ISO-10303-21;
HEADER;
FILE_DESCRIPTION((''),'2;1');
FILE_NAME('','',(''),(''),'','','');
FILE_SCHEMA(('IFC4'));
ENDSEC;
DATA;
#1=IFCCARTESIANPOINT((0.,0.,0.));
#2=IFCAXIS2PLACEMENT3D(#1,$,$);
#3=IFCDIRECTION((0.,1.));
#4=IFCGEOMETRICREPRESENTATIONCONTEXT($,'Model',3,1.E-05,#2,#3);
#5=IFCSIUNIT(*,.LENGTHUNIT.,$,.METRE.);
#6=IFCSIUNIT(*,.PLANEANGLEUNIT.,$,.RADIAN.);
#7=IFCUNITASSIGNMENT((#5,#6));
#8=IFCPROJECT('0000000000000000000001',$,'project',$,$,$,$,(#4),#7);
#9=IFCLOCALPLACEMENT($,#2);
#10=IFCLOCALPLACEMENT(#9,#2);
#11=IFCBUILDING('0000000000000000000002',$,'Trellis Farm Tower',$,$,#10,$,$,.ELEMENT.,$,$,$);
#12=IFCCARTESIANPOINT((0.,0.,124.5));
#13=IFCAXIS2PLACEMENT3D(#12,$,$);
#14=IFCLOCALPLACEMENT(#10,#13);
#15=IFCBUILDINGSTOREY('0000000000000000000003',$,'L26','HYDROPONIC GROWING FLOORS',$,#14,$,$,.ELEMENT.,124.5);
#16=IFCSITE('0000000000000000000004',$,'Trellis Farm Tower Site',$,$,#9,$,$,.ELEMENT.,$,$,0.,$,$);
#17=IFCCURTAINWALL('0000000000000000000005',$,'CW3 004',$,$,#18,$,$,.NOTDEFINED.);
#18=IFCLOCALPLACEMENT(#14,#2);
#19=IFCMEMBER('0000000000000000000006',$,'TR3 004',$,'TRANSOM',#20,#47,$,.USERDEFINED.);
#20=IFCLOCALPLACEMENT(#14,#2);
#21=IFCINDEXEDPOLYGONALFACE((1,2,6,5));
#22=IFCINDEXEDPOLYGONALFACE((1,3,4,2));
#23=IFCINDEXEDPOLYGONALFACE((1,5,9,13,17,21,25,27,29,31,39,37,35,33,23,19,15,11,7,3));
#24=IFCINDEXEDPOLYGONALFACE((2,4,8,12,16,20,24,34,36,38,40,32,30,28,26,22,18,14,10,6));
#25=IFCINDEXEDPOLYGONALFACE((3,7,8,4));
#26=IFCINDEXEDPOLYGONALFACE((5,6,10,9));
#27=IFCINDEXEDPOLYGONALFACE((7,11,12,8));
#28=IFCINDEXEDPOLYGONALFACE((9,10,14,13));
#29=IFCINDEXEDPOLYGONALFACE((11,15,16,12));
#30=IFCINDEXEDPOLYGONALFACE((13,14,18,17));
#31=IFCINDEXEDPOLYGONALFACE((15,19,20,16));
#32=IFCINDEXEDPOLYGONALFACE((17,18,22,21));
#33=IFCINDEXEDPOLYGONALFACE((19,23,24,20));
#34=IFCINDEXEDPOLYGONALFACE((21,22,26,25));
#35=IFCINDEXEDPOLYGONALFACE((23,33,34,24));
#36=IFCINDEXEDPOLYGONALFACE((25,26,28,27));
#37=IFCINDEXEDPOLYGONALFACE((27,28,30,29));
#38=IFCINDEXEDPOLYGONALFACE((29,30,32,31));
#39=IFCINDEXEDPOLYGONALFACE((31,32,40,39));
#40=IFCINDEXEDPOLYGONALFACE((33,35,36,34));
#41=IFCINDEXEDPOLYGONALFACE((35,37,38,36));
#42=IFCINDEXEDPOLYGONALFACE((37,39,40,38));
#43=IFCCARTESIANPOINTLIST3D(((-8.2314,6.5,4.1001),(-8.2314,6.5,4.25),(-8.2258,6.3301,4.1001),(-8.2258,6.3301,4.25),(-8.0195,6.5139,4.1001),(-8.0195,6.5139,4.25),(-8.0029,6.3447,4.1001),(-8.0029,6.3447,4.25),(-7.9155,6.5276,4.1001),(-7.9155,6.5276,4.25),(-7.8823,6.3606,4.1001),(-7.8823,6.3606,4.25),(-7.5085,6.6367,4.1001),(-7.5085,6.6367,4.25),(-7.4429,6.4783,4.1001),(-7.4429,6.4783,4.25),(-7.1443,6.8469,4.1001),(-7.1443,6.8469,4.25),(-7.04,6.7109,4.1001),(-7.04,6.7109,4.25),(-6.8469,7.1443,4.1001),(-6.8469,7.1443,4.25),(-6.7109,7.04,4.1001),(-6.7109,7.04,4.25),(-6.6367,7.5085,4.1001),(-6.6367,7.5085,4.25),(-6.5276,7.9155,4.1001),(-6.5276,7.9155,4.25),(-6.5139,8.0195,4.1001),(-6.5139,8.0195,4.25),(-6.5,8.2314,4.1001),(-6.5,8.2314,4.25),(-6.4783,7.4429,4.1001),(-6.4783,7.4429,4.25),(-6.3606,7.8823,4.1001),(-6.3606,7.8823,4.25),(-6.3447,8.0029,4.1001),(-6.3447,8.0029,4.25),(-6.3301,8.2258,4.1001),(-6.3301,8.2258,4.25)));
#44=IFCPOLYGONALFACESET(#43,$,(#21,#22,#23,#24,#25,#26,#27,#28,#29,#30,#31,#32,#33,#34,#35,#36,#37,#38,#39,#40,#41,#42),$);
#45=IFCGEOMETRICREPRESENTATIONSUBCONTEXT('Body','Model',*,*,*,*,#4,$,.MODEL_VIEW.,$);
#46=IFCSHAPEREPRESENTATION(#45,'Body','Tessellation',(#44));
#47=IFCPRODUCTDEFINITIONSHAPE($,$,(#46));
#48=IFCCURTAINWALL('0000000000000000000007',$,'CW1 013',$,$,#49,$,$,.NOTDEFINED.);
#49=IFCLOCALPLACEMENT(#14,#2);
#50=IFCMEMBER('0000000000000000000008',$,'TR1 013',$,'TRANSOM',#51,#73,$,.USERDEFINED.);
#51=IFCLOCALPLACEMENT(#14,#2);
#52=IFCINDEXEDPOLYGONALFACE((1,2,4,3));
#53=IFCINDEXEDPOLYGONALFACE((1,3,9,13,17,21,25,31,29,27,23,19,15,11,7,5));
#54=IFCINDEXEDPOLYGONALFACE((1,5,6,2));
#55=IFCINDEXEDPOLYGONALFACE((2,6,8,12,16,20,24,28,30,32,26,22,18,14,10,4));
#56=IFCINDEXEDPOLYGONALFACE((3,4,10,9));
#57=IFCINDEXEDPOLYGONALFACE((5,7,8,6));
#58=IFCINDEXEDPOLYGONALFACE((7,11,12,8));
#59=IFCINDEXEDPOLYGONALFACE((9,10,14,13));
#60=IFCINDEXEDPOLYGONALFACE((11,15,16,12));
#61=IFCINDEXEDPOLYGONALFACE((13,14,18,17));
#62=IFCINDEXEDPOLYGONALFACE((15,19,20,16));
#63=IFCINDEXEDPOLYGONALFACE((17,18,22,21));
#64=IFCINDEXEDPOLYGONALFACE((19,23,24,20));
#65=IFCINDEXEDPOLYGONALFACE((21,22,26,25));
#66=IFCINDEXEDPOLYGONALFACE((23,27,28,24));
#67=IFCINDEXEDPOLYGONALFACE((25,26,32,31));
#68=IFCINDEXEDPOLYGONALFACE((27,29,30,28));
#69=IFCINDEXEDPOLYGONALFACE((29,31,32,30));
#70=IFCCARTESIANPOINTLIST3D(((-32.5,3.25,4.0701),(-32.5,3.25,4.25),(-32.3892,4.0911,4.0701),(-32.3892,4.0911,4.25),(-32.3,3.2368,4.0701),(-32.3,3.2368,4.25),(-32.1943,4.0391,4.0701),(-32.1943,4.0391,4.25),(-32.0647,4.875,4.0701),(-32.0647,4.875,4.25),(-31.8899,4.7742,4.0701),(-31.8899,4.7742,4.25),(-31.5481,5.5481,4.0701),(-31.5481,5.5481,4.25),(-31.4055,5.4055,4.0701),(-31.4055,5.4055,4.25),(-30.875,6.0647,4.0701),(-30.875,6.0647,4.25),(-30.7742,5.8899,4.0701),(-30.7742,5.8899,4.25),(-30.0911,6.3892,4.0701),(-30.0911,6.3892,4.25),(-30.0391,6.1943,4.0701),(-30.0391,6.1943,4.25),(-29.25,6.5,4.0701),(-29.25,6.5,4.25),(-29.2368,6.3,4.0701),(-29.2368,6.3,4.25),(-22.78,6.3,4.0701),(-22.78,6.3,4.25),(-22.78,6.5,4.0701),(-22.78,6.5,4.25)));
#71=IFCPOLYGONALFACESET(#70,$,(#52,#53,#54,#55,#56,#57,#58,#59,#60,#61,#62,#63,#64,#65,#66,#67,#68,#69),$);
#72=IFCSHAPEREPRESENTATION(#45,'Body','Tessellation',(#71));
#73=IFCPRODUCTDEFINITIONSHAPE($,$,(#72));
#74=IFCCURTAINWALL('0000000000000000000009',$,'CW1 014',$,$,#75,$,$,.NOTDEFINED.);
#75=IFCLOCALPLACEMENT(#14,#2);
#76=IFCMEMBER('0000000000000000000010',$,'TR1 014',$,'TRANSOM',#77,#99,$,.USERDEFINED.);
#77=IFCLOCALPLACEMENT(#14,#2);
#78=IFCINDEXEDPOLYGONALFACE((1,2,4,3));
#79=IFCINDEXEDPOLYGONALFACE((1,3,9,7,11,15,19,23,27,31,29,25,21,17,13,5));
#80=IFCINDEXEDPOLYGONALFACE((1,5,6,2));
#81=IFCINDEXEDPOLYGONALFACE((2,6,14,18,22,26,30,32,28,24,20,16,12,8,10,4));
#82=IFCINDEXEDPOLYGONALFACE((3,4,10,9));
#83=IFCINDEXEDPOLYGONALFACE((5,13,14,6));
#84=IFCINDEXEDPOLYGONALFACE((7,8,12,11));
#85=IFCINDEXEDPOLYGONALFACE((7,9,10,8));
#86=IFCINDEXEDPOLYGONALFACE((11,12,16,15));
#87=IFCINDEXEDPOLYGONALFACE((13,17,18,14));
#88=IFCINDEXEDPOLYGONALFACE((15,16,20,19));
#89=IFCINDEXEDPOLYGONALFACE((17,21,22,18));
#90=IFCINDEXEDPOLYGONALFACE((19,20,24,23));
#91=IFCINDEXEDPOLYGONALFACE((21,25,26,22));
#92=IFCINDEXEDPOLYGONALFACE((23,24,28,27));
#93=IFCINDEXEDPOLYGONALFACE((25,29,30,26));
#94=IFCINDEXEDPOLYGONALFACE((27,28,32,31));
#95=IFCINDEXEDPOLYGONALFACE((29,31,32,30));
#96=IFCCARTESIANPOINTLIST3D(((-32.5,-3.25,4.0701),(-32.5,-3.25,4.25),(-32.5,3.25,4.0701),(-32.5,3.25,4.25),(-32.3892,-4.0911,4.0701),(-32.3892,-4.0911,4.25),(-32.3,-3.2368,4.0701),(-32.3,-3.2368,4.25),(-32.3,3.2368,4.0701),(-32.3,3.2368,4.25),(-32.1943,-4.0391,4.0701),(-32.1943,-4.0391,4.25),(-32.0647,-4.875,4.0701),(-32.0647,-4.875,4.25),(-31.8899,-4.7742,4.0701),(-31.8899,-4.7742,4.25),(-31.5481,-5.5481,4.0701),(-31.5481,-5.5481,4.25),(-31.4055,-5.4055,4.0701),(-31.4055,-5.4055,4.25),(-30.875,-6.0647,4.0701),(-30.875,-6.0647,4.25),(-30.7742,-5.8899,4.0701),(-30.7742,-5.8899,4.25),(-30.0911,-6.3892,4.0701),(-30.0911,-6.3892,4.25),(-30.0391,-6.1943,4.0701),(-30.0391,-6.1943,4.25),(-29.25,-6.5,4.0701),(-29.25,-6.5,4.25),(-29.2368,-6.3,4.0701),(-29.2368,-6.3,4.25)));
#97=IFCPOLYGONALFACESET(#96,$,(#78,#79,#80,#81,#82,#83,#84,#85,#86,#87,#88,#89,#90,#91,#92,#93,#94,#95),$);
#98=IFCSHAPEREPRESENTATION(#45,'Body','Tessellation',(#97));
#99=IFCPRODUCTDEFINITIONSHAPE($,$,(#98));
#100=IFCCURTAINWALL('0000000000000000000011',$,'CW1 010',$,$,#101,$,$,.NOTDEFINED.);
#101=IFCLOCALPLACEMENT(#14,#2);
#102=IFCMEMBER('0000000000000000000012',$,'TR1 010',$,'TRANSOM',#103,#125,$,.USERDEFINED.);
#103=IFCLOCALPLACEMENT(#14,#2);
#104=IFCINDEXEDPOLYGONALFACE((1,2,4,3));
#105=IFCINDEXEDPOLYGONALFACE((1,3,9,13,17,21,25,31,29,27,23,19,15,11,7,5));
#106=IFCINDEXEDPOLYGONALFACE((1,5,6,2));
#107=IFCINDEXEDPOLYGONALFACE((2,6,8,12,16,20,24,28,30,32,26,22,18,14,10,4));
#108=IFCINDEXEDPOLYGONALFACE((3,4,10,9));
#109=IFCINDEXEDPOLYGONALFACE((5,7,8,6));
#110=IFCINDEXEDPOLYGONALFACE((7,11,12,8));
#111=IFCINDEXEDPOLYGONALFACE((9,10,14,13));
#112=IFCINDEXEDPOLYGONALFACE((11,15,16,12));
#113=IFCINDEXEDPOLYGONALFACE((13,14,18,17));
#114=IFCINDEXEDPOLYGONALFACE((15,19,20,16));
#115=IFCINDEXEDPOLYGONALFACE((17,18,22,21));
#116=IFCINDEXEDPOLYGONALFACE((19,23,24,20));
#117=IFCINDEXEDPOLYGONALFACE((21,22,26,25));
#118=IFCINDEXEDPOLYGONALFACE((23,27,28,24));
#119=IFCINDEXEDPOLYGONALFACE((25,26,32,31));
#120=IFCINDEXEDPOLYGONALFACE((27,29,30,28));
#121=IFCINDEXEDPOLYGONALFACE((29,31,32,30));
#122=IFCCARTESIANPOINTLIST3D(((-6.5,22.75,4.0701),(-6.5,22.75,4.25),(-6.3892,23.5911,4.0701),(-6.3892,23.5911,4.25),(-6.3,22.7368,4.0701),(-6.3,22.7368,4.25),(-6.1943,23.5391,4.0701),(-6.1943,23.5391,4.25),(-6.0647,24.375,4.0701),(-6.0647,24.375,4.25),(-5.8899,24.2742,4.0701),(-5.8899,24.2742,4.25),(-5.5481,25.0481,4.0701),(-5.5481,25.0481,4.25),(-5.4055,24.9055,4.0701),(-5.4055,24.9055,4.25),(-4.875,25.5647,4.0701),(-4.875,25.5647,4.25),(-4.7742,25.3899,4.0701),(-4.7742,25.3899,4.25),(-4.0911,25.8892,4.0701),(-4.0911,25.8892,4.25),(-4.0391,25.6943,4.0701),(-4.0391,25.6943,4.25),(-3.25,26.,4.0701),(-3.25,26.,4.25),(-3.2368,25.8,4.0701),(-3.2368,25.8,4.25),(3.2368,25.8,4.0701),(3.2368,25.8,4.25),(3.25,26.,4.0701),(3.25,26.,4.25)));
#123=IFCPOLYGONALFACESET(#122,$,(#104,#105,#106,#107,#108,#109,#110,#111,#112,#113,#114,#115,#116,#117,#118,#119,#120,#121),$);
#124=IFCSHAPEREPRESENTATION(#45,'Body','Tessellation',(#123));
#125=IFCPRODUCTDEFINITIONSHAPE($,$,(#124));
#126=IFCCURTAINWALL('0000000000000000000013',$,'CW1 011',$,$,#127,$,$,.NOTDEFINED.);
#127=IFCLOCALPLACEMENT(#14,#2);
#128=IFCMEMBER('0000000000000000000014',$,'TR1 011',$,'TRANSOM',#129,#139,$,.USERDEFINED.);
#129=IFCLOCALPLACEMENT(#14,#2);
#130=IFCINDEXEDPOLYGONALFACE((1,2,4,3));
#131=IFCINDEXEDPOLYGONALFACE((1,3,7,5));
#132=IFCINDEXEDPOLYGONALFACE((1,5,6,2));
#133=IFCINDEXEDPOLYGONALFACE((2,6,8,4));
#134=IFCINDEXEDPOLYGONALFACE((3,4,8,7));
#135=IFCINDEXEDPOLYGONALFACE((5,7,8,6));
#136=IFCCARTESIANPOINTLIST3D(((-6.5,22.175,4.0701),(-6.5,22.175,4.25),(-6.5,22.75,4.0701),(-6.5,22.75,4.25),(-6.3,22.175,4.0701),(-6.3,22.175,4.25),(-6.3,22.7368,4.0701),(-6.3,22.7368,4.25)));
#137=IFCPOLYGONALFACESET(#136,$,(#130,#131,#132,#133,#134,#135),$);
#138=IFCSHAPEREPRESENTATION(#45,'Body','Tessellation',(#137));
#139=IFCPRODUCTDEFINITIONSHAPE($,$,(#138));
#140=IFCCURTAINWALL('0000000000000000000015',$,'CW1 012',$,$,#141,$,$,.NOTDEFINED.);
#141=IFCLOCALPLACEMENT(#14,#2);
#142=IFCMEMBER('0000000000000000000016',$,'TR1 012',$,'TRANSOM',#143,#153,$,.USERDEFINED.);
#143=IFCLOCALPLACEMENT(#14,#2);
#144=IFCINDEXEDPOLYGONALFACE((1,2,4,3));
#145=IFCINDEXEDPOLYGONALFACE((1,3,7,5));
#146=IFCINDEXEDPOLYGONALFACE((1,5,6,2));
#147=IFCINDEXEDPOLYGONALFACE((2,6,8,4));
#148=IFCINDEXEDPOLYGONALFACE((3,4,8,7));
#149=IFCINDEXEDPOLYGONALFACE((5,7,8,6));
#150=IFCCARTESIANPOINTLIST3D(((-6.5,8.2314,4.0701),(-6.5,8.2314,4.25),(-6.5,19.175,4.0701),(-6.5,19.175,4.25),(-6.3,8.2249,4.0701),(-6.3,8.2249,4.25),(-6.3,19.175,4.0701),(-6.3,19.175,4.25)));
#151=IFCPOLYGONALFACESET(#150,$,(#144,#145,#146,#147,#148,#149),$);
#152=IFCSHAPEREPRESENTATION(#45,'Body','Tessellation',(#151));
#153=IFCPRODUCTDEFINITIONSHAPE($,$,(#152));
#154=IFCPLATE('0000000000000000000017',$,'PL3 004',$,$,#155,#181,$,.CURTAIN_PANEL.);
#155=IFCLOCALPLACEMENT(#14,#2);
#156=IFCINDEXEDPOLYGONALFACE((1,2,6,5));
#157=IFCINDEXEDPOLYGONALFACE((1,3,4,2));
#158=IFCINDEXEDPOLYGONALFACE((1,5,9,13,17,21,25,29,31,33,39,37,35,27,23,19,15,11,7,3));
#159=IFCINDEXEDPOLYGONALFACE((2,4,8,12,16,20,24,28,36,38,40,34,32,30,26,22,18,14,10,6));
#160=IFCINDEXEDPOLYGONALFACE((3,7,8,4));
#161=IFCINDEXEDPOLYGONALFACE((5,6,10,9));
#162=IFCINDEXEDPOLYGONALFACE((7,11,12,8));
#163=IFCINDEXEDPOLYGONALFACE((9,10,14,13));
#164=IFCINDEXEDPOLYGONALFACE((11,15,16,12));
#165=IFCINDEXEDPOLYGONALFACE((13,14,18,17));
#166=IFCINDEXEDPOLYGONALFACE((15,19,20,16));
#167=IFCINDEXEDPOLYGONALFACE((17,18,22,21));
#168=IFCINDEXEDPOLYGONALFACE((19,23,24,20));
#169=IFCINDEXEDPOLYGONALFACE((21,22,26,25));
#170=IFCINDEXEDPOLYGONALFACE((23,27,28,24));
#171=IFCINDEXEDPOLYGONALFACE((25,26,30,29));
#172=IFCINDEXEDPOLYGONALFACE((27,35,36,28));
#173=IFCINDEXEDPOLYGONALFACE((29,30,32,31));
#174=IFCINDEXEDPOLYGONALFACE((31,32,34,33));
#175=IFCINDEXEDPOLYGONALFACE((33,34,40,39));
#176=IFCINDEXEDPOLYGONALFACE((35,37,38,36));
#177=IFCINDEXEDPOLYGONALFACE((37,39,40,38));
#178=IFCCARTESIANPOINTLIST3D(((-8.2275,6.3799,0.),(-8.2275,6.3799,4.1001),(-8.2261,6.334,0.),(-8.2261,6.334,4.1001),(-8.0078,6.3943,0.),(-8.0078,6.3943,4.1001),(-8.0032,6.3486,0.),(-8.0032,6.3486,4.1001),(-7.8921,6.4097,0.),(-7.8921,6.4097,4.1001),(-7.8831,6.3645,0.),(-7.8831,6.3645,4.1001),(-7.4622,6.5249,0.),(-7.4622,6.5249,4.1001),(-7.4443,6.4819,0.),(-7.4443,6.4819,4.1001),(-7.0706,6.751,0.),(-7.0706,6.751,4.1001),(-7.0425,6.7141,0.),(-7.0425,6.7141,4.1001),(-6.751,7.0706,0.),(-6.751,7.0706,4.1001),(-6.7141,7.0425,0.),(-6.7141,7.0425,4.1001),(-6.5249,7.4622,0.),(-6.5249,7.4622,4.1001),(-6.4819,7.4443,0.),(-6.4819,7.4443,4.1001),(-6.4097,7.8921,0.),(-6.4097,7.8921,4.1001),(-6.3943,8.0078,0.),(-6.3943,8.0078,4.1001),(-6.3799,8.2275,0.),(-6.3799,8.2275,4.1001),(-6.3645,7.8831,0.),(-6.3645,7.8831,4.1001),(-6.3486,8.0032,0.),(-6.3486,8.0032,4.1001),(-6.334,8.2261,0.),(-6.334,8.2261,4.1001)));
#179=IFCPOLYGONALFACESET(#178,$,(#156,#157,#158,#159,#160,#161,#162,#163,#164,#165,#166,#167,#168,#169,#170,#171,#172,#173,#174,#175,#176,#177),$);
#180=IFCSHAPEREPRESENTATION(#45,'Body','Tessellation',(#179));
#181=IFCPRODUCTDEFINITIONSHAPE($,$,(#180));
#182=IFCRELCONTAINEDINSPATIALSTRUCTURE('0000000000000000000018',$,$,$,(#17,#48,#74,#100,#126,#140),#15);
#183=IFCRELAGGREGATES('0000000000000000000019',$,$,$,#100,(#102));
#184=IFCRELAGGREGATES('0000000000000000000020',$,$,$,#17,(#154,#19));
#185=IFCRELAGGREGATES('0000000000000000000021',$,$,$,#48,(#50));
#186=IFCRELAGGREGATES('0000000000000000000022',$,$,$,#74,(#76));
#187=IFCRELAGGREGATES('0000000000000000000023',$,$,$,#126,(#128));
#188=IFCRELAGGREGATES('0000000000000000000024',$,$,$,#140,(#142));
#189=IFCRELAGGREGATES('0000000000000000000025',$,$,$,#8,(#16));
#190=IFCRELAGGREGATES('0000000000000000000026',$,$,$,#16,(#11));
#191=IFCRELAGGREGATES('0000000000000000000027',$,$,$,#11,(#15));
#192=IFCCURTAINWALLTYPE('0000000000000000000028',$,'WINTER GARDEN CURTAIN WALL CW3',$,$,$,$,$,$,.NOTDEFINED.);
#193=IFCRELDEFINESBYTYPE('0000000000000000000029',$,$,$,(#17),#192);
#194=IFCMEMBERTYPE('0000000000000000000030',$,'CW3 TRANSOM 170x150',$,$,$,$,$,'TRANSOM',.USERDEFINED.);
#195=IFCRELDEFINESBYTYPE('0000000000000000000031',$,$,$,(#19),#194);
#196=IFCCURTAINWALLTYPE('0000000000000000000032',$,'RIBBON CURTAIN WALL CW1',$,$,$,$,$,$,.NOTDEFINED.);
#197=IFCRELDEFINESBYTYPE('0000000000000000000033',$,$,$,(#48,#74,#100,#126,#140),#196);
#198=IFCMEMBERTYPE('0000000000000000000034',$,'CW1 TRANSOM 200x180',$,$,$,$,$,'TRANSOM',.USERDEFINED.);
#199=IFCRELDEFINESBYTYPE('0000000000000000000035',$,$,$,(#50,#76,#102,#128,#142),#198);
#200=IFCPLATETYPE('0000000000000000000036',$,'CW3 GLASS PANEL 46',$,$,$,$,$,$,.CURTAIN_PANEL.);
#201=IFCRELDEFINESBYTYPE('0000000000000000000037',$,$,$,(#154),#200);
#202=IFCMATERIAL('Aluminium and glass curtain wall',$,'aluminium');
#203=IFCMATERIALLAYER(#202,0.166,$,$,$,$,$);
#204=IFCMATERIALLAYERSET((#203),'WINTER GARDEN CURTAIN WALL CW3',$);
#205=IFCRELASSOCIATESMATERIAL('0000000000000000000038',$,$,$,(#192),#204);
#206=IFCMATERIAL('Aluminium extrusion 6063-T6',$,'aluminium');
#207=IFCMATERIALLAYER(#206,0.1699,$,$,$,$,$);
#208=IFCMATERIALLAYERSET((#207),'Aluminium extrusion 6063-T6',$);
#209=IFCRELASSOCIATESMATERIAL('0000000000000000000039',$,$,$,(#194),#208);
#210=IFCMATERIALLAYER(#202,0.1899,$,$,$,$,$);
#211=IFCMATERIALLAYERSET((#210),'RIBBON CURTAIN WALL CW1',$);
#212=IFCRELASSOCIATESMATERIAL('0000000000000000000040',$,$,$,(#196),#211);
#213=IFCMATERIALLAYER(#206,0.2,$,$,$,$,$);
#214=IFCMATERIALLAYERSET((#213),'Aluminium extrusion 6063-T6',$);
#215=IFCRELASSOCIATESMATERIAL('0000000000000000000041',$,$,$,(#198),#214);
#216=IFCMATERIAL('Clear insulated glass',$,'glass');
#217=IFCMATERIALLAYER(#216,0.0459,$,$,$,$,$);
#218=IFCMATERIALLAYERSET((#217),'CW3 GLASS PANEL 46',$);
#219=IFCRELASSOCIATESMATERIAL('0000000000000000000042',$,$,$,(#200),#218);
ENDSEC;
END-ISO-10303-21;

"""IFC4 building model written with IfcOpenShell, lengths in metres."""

from ifc_helpers import new_model, si_unit, direction, frame, origin, place, context, subcontext, project, spatial, polyline, outline, extrude, source, transform, mapped, material, layer, layer_set, type_object, element, aggregate, save


model = new_model("IFC4")

# Units and contexts
model_context = context("Model", 3, precision=1e-05, world=origin(), true_north=direction((0.0, 1.0)))
body_context = subcontext(model_context, "Body", "Model", "MODEL_VIEW")
ifc_project = project(units=[si_unit("LENGTHUNIT", "METRE"), si_unit("PLANEANGLEUNIT", "RADIAN")], contexts=[model_context])

# Site, building, storey
site_placement = place(None, origin())
site = spatial("IfcSite", under=ifc_project, at=site_placement, Name="Trellis Farm Tower Site", CompositionType="ELEMENT", RefElevation=0.0)
building_placement = place(site_placement, origin())
building = spatial("IfcBuilding", under=site, at=building_placement, Name="Trellis Farm Tower", CompositionType="ELEMENT")
storey_placement = place(building_placement, frame((0.0, 0.0, 124.5)))
storey = spatial("IfcBuildingStorey", under=building, at=storey_placement, Name="L26", Description="HYDROPONIC GROWING FLOORS", CompositionType="ELEMENT", Elevation=124.5)

# Curtain walls, members
ifc_material_1 = material(Name="Aluminium and glass curtain wall", Category="aluminium")
ifc_layer_1 = layer(ifc_material_1, 0.166)
ifc_layer_set_1 = layer_set([ifc_layer_1], Name="WINTER GARDEN CURTAIN WALL CW3")
curtain_wall_type_1 = type_object("IfcCurtainWallType", Name="WINTER GARDEN CURTAIN WALL CW3", PredefinedType="NOTDEFINED", material=ifc_layer_set_1)
placement_1 = place(storey_placement, origin())
curtain_wall_1 = element("IfcCurtainWall", 1, at=placement_1, inside=storey, type_object=curtain_wall_type_1, Name="CW3 004", PredefinedType="NOTDEFINED")
ifc_material_2 = material(Name="Aluminium extrusion 6063-T6", Category="aluminium")
ifc_layer_2 = layer(ifc_material_2, 0.1699)
ifc_layer_set_2 = layer_set([ifc_layer_2], Name="Aluminium extrusion 6063-T6")
member_type_1 = type_object("IfcMemberType", Name="CW3 TRANSOM 170x150", ElementType="TRANSOM", PredefinedType="USERDEFINED", material=ifc_layer_set_2)
shared_shape_1 = source(origin(), body_context, "Body", "SweptSolid", [
    extrude(outline(polyline([(-6.5, 8.2314), (-6.5139, 8.0195), (-6.5276, 7.9155), (-6.6367, 7.5085), (-6.8469, 7.1443), (-7.1443, 6.8469), (-7.5085, 6.6367), (-7.9155, 6.5276), (-8.0195, 6.5139), (-8.2314, 6.5), (-8.2258, 6.3301), (-8.0029, 6.3447), (-7.8823, 6.3606), (-7.4429, 6.4783), (-7.04, 6.7109), (-6.7109, 7.04), (-6.4783, 7.4429), (-6.3606, 7.8823), (-6.3447, 8.0029), (-6.3301, 8.2258), (-6.5, 8.2314)])), origin(), (0.0, 0.0, 1.0), 0.1499),
])
member_1_placement = place(storey_placement, frame((0.0, 0.0, 4.1001)))
member_1 = element("IfcMember", 2, at=member_1_placement, type_object=member_type_1, Name="TR3 004", ObjectType="TRANSOM", PredefinedType="USERDEFINED", context=body_context, shape_type="MappedRepresentation", body=[
    mapped(shared_shape_1, transform((0.0, 0.0, 0.0))),
])
ifc_layer_3 = layer(ifc_material_1, 0.1899)
ifc_layer_set_3 = layer_set([ifc_layer_3], Name="RIBBON CURTAIN WALL CW1")
curtain_wall_type_2 = type_object("IfcCurtainWallType", Name="RIBBON CURTAIN WALL CW1", PredefinedType="NOTDEFINED", material=ifc_layer_set_3)
curtain_wall_2 = element("IfcCurtainWall", 3, at=placement_1, inside=storey, type_object=curtain_wall_type_2, Name="CW1 013", PredefinedType="NOTDEFINED")
ifc_layer_4 = layer(ifc_material_2, 0.2)
ifc_layer_set_4 = layer_set([ifc_layer_4], Name="Aluminium extrusion 6063-T6")
member_type_2 = type_object("IfcMemberType", Name="CW1 TRANSOM 200x180", ElementType="TRANSOM", PredefinedType="USERDEFINED", material=ifc_layer_set_4)
shared_shape_2 = source(origin(), body_context, "Body", "SweptSolid", [
    extrude(outline(polyline([(-22.78, 6.5), (-29.25, 6.5), (-30.0911, 6.3892), (-30.875, 6.0647), (-31.5481, 5.5481), (-32.0647, 4.875), (-32.3892, 4.0911), (-32.5, 3.25), (-32.3, 3.2368), (-32.1943, 4.0391), (-31.8899, 4.7742), (-31.4055, 5.4055), (-30.7742, 5.8899), (-30.0391, 6.1943), (-29.2368, 6.3), (-22.78, 6.3), (-22.78, 6.5)])), origin(), (0.0, 0.0, 1.0), 0.1799),
])
placement_2 = place(storey_placement, frame((0.0, 0.0, 4.0701)))
member_2 = element("IfcMember", 4, at=placement_2, type_object=member_type_2, Name="TR1 013", ObjectType="TRANSOM", PredefinedType="USERDEFINED", context=body_context, shape_type="MappedRepresentation", body=[
    mapped(shared_shape_2, transform((0.0, 0.0, 0.0))),
])
curtain_wall_3 = element("IfcCurtainWall", 5, at=placement_1, inside=storey, type_object=curtain_wall_type_2, Name="CW1 014", PredefinedType="NOTDEFINED")
shared_shape_3 = source(origin(), body_context, "Body", "SweptSolid", [
    extrude(outline(polyline([(-32.5, 3.25), (-32.5, -3.25), (-32.3892, -4.0911), (-32.0647, -4.875), (-31.5481, -5.5481), (-30.875, -6.0647), (-30.0911, -6.3892), (-29.25, -6.5), (-29.2368, -6.3), (-30.0391, -6.1943), (-30.7742, -5.8899), (-31.4055, -5.4055), (-31.8899, -4.7742), (-32.1943, -4.0391), (-32.3, -3.2368), (-32.3, 3.2368), (-32.5, 3.25)])), origin(), (0.0, 0.0, 1.0), 0.1799),
])
member_3 = element("IfcMember", 6, at=placement_2, type_object=member_type_2, Name="TR1 014", ObjectType="TRANSOM", PredefinedType="USERDEFINED", context=body_context, shape_type="MappedRepresentation", body=[
    mapped(shared_shape_3, transform((0.0, 0.0, 0.0))),
])
curtain_wall_4 = element("IfcCurtainWall", 7, at=placement_1, inside=storey, type_object=curtain_wall_type_2, Name="CW1 010", PredefinedType="NOTDEFINED")
shared_shape_4 = source(origin(), body_context, "Body", "SweptSolid", [
    extrude(outline(polyline([(3.25, 26.0), (-3.25, 26.0), (-4.0911, 25.8892), (-4.875, 25.5647), (-5.5481, 25.0481), (-6.0647, 24.375), (-6.3892, 23.5911), (-6.5, 22.75), (-6.3, 22.7368), (-6.1943, 23.5391), (-5.8899, 24.2742), (-5.4055, 24.9055), (-4.7742, 25.3899), (-4.0391, 25.6943), (-3.2368, 25.8), (3.2368, 25.8), (3.25, 26.0)])), origin(), (0.0, 0.0, 1.0), 0.1799),
])
member_4 = element("IfcMember", 8, at=placement_2, type_object=member_type_2, Name="TR1 010", ObjectType="TRANSOM", PredefinedType="USERDEFINED", context=body_context, shape_type="MappedRepresentation", body=[
    mapped(shared_shape_4, transform((0.0, 0.0, 0.0))),
])
aggregate(curtain_wall_4, [member_4])
curtain_wall_5 = element("IfcCurtainWall", 9, at=placement_1, inside=storey, type_object=curtain_wall_type_2, Name="CW1 011", PredefinedType="NOTDEFINED")
shared_shape_5 = source(origin(), body_context, "Body", "SweptSolid", [
    extrude(outline(polyline([(-6.5, 22.75), (-6.5, 22.175), (-6.3, 22.175), (-6.3, 22.7368), (-6.5, 22.75)])), origin(), (0.0, 0.0, 1.0), 0.1799),
])
member_5 = element("IfcMember", 10, at=placement_2, type_object=member_type_2, Name="TR1 011", ObjectType="TRANSOM", PredefinedType="USERDEFINED", context=body_context, shape_type="MappedRepresentation", body=[
    mapped(shared_shape_5, transform((0.0, 0.0, 0.0))),
])
curtain_wall_6 = element("IfcCurtainWall", 11, at=placement_1, inside=storey, type_object=curtain_wall_type_2, Name="CW1 012", PredefinedType="NOTDEFINED")
shared_shape_6 = source(origin(), body_context, "Body", "SweptSolid", [
    extrude(outline(polyline([(-6.5, 19.175), (-6.5, 8.2314), (-6.3, 8.2249), (-6.3, 19.175), (-6.5, 19.175)])), origin(), (0.0, 0.0, 1.0), 0.1799),
])
member_6 = element("IfcMember", 12, at=placement_2, type_object=member_type_2, Name="TR1 012", ObjectType="TRANSOM", PredefinedType="USERDEFINED", context=body_context, shape_type="MappedRepresentation", body=[
    mapped(shared_shape_6, transform((0.0, 0.0, 0.0))),
])

# Plate
ifc_material_3 = material(Name="Clear insulated glass", Category="glass")
ifc_layer_5 = layer(ifc_material_3, 0.0459)
ifc_layer_set_5 = layer_set([ifc_layer_5], Name="CW3 GLASS PANEL 46")
plate_type_1 = type_object("IfcPlateType", Name="CW3 GLASS PANEL 46", PredefinedType="CURTAIN_PANEL", material=ifc_layer_set_5)
shared_shape_7 = source(origin(), body_context, "Body", "SweptSolid", [
    extrude(outline(polyline([(-6.3799, 8.2275), (-6.3943, 8.0078), (-6.4097, 7.8921), (-6.5249, 7.4622), (-6.751, 7.0706), (-7.0706, 6.751), (-7.4622, 6.5249), (-7.8921, 6.4097), (-8.0078, 6.3943), (-8.2275, 6.3799), (-8.2261, 6.334), (-8.0032, 6.3486), (-7.8831, 6.3645), (-7.4443, 6.4819), (-7.0425, 6.7141), (-6.7141, 7.0425), (-6.4819, 7.4443), (-6.3645, 7.8831), (-6.3486, 8.0032), (-6.334, 8.2261), (-6.3799, 8.2275)])), origin(), (0.0, 0.0, 1.0), 4.1001),
])
plate_1 = element("IfcPlate", 13, at=placement_1, type_object=plate_type_1, Name="PL3 004", PredefinedType="CURTAIN_PANEL", context=body_context, shape_type="MappedRepresentation", body=[
    mapped(shared_shape_7, transform((0.0, 0.0, 0.0))),
])
aggregate(curtain_wall_1, [plate_1, member_1])
aggregate(curtain_wall_2, [member_2])
aggregate(curtain_wall_3, [member_3])
aggregate(curtain_wall_5, [member_5])
aggregate(curtain_wall_6, [member_6])

save(model, "model.ifc")
